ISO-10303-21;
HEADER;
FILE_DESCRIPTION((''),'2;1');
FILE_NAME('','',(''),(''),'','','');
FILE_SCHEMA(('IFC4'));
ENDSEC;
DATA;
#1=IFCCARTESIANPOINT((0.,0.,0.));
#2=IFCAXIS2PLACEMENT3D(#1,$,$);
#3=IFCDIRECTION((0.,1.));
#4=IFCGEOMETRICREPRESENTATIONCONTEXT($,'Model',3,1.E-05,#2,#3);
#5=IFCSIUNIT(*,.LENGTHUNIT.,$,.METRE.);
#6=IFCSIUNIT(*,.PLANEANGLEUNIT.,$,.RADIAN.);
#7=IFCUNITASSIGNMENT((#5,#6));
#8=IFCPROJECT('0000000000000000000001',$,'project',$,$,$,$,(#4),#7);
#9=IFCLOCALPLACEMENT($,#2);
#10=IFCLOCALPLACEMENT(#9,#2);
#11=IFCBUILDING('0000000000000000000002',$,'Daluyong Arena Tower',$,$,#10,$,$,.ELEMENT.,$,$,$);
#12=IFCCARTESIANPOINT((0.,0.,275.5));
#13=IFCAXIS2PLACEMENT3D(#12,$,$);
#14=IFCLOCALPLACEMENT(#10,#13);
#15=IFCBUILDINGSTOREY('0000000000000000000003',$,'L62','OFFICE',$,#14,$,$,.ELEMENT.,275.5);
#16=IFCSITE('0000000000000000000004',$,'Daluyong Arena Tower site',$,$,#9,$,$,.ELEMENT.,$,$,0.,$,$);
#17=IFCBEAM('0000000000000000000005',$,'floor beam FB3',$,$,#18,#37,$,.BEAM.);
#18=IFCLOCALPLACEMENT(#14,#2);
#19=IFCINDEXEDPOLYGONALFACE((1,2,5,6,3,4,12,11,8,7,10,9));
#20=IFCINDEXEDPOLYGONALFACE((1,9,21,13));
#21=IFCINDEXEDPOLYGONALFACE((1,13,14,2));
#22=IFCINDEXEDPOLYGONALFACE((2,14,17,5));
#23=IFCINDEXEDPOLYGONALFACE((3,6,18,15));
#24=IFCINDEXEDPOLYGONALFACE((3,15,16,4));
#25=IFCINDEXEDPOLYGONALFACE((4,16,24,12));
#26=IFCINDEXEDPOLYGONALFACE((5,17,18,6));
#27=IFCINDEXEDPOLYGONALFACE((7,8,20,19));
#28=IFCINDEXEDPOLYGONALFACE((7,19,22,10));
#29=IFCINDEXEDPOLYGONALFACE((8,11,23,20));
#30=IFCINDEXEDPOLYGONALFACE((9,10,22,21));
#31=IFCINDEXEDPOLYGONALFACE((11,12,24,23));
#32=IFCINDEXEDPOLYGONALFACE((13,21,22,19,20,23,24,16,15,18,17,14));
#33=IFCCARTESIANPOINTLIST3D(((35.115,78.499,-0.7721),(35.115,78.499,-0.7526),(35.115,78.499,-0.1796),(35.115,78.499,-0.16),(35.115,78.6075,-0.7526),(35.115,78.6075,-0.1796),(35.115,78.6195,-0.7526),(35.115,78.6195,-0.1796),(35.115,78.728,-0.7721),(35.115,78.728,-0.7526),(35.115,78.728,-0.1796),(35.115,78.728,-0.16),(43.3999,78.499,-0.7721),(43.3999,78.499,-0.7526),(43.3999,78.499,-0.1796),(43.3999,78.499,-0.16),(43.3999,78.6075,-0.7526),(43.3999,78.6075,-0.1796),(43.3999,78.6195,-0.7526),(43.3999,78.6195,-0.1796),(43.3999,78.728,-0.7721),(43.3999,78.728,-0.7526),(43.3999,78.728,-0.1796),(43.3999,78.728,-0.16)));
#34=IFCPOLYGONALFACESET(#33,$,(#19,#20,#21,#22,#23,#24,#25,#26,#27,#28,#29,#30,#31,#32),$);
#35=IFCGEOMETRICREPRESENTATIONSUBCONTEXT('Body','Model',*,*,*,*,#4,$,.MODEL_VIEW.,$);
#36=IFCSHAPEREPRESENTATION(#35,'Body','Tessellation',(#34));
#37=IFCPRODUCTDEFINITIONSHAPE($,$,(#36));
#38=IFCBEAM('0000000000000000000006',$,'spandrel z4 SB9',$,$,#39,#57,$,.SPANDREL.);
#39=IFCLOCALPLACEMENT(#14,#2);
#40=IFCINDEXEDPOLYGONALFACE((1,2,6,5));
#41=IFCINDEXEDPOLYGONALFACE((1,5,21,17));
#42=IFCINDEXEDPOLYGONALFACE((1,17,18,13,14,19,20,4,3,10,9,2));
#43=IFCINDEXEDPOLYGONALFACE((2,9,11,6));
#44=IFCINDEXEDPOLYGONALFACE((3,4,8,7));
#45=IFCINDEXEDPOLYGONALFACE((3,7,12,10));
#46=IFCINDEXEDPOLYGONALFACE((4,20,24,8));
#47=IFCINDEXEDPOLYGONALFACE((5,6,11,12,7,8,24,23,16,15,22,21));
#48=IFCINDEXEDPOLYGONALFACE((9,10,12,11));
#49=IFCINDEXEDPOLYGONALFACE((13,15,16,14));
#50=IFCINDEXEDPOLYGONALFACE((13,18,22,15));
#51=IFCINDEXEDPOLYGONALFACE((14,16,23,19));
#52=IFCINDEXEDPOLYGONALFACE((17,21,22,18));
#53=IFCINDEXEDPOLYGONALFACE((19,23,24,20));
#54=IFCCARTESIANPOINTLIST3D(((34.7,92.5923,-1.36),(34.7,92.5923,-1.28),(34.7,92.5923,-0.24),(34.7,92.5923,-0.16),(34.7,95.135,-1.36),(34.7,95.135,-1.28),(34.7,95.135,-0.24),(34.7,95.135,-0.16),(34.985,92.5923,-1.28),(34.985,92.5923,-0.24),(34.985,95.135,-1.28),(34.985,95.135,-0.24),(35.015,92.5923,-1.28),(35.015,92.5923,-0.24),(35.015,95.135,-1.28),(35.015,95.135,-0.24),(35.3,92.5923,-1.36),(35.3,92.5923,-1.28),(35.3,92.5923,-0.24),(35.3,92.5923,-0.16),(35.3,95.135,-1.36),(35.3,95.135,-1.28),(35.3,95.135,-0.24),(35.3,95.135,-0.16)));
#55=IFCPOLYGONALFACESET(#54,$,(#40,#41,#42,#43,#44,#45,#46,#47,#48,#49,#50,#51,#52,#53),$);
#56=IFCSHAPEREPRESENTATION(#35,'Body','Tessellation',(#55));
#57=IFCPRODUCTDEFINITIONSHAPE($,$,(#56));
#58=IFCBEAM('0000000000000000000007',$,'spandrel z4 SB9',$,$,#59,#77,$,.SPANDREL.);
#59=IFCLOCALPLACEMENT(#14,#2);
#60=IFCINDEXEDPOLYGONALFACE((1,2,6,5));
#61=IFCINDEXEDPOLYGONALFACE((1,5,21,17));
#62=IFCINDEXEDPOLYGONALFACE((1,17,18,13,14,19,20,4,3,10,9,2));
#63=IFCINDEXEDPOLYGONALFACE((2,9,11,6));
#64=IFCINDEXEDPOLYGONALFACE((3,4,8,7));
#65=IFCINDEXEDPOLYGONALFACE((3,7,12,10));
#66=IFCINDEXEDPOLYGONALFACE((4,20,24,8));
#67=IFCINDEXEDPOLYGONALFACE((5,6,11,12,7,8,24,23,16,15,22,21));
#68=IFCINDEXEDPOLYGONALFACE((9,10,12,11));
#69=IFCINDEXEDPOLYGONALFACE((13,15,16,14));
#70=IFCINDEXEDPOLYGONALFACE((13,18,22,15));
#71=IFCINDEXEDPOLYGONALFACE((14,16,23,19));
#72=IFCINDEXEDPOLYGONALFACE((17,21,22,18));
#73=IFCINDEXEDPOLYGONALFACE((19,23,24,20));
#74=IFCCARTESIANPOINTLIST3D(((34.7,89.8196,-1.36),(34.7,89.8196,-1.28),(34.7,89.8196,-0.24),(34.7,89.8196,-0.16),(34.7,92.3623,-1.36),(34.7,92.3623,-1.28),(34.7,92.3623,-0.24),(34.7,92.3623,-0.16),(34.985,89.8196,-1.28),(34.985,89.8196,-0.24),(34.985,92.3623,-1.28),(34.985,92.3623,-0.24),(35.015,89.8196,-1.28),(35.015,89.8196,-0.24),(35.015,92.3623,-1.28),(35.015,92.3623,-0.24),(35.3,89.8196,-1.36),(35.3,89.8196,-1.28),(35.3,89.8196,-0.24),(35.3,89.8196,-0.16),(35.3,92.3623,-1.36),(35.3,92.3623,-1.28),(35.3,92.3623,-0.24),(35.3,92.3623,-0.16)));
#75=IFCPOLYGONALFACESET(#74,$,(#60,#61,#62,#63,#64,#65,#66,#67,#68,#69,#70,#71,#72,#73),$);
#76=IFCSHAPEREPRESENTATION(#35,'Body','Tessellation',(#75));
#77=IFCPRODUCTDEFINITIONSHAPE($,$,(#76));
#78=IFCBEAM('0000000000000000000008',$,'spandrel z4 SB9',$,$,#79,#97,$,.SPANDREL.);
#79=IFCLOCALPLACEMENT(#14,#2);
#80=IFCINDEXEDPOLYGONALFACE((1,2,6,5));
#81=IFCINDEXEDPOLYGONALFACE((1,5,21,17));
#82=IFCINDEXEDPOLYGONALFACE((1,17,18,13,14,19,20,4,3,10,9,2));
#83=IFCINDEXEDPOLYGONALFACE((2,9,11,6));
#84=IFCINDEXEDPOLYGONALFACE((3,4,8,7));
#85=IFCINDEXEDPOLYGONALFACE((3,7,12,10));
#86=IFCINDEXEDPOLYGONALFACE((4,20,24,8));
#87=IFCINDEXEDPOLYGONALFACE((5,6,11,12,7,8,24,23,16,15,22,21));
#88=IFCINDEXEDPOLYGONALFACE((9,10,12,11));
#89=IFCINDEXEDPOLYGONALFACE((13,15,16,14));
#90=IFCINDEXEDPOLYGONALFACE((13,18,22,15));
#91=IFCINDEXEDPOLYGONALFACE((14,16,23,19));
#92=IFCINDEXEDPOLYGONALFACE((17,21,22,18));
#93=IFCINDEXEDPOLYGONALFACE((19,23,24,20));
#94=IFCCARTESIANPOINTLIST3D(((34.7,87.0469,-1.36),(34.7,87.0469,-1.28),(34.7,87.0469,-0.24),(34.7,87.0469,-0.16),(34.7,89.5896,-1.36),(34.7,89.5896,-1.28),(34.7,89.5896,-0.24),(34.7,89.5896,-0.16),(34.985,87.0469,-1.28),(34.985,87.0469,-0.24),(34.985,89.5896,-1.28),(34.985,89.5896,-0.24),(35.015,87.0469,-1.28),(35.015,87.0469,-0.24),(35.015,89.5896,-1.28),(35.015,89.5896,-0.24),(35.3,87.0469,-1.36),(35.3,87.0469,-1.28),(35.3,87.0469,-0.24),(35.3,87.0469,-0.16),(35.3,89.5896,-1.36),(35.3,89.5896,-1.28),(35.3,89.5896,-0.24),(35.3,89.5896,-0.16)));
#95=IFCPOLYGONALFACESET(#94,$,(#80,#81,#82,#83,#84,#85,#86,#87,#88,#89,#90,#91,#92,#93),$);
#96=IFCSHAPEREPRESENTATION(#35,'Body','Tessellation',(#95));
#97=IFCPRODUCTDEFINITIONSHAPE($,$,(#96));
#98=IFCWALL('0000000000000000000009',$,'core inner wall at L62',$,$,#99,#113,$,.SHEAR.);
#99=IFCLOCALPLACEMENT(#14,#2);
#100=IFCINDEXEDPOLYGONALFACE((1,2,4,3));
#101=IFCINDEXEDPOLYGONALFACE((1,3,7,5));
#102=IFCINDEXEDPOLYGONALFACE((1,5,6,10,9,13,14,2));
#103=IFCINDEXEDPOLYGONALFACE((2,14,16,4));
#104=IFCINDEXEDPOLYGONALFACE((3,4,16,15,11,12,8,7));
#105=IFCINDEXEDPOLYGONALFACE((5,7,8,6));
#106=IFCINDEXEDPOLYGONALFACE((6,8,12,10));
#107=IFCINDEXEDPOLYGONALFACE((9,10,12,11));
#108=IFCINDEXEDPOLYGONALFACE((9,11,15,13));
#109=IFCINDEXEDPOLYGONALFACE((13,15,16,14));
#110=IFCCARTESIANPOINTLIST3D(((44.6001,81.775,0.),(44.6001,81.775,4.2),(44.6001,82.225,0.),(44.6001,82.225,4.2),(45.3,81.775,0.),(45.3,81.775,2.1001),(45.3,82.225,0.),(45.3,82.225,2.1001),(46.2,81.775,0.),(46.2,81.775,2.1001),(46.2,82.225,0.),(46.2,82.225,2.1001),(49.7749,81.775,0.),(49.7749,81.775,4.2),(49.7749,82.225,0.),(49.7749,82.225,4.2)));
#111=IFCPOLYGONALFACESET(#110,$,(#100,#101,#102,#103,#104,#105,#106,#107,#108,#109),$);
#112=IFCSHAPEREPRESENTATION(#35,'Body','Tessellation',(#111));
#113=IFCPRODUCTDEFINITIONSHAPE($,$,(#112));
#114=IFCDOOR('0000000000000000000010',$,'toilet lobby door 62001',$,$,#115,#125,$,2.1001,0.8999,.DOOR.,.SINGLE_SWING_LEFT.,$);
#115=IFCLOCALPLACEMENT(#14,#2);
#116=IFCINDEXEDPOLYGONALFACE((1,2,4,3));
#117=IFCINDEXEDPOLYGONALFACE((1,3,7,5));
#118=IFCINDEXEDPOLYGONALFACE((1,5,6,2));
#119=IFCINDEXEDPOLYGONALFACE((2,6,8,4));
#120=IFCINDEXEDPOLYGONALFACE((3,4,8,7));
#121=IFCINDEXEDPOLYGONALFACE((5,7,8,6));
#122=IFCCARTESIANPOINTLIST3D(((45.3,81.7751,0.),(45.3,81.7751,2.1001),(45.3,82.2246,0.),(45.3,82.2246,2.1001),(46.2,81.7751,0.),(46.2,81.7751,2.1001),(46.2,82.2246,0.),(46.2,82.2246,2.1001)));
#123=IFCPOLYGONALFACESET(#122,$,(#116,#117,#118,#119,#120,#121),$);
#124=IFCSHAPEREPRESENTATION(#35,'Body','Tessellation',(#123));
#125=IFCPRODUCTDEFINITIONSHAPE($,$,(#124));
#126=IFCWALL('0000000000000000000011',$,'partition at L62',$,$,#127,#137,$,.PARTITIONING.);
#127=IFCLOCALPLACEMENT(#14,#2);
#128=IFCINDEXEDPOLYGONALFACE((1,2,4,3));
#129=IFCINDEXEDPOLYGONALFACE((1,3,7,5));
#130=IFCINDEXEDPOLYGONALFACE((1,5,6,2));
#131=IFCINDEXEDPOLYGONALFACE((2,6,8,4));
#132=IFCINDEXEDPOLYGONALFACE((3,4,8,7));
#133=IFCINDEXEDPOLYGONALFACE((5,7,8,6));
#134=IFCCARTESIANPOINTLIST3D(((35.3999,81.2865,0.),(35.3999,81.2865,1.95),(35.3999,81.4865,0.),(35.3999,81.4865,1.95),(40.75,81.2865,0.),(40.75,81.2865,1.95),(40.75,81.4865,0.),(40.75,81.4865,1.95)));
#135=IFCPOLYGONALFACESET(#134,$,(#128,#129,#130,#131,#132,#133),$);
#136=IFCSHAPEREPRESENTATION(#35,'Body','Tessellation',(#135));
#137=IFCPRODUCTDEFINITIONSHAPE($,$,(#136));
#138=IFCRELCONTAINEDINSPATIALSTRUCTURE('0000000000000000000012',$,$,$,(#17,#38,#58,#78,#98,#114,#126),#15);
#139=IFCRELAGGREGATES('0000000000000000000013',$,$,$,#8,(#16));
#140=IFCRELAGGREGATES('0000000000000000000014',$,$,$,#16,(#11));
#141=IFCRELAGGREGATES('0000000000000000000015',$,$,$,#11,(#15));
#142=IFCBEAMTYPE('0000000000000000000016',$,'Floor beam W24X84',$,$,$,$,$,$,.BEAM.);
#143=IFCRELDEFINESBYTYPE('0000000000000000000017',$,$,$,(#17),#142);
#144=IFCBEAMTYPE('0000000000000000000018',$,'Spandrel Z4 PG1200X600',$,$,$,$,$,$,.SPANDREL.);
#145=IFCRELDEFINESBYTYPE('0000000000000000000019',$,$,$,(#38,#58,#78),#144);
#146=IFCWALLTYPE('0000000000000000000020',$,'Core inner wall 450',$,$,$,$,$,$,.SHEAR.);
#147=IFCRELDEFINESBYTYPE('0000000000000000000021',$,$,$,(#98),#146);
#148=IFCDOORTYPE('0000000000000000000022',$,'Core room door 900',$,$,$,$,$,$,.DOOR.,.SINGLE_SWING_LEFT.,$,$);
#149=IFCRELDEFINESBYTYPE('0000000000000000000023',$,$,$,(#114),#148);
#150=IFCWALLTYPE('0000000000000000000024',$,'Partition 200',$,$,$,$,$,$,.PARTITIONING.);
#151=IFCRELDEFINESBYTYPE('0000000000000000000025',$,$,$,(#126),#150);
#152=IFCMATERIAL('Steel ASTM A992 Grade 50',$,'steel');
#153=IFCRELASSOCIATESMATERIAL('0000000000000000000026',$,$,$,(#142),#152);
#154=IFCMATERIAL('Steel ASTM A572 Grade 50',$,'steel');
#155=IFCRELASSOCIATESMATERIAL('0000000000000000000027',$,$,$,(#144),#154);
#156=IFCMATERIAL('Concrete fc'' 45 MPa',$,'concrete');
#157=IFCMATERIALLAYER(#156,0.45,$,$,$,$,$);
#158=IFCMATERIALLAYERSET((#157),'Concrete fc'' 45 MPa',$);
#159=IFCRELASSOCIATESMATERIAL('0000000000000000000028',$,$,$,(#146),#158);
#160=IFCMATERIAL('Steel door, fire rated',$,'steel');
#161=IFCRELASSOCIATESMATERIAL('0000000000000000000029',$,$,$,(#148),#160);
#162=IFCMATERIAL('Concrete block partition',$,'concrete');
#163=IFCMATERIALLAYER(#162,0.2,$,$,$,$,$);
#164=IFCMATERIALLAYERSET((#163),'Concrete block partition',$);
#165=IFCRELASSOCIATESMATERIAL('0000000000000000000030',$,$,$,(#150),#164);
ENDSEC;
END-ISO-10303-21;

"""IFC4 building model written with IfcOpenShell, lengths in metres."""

from ifc_helpers import new_model, si_unit, direction, frame, frame_2d, origin, origin_2d, place, context, subcontext, project, spatial, rectangle, i_section, extrude, material, layer, layer_set, material_profile, profile_set, type_object, element, fill, save


model = new_model("IFC4")

# Units and contexts
model_context = context("Model", 3, precision=1e-05, world=origin(), true_north=direction((0.0, 1.0)))
body_context = subcontext(model_context, "Body", "Model", "MODEL_VIEW")
ifc_project = project(units=[si_unit("LENGTHUNIT", "METRE"), si_unit("PLANEANGLEUNIT", "RADIAN")], contexts=[model_context])

# Site, building, storey
site_placement = place(None, origin())
site = spatial("IfcSite", under=ifc_project, at=site_placement, Name="Daluyong Arena Tower site", CompositionType="ELEMENT", RefElevation=0.0)
building_placement = place(site_placement, origin())
building = spatial("IfcBuilding", under=site, at=building_placement, Name="Daluyong Arena Tower", CompositionType="ELEMENT")
storey_placement = place(building_placement, frame((0.0, 0.0, 275.5)))
storey = spatial("IfcBuildingStorey", under=building, at=storey_placement, Name="L62", Description="OFFICE", CompositionType="ELEMENT", Elevation=275.5)

# Beams
ifc_material_1 = material(Name="Steel ASTM A992 Grade 50", Category="steel")
ifc_material_profile_1 = material_profile(ifc_material_1, i_section(OverallWidth=0.229, OverallDepth=0.6121, WebThickness=0.012, FlangeThickness=0.0195, at=origin_2d()))
ifc_profile_set_1 = profile_set([ifc_material_profile_1], Name="Steel ASTM A992 Grade 50")
beam_type_1 = type_object("IfcBeamType", Name="Floor beam W24X84", PredefinedType="BEAM", material=ifc_profile_set_1)
for number, where, z_axis, x_axis, name in (
    (1, (35.115, 78.6135, -0.4661), (1.0, 0.0, 0.0), (0.0, 1.0, 0.0), "floor beam FB3"),
):
    element("IfcBeam", number, at=place(storey_placement, frame(where, z_axis=z_axis, x_axis=x_axis)), inside=storey, type_object=beam_type_1, Name=name, PredefinedType="BEAM", context=body_context, shape_type="SweptSolid", body=[
        extrude(i_section(OverallWidth=0.229, OverallDepth=0.6121, WebThickness=0.012, FlangeThickness=0.0195, at=origin_2d()), origin(), (0.0, 0.0, 1.0), 8.2849),
    ])
ifc_material_2 = material(Name="Steel ASTM A572 Grade 50", Category="steel")
ifc_material_profile_2 = material_profile(ifc_material_2, i_section(OverallWidth=0.6001, OverallDepth=1.2, WebThickness=0.03, FlangeThickness=0.08, at=origin_2d()))
ifc_profile_set_2 = profile_set([ifc_material_profile_2], Name="Steel ASTM A572 Grade 50")
beam_type_2 = type_object("IfcBeamType", Name="Spandrel Z4 PG1200X600", PredefinedType="SPANDREL", material=ifc_profile_set_2)
for number, where, z_axis, x_axis, name in (
    (2, (35.0, 95.135, -0.76), (0.0, -1.0, 0.0), (1.0, 0.0, 0.0), "spandrel z4 SB9"),
    (3, (35.0, 92.3623, -0.76), (0.0, -1.0, 0.0), (1.0, 0.0, 0.0), "spandrel z4 SB9"),
    (4, (35.0, 89.5896, -0.76), (0.0, -1.0, 0.0), (1.0, 0.0, 0.0), "spandrel z4 SB9"),
):
    element("IfcBeam", number, at=place(storey_placement, frame(where, z_axis=z_axis, x_axis=x_axis)), inside=storey, type_object=beam_type_2, Name=name, PredefinedType="SPANDREL", context=body_context, shape_type="SweptSolid", body=[
        extrude(i_section(OverallWidth=0.6001, OverallDepth=1.2, WebThickness=0.03, FlangeThickness=0.08, at=origin_2d()), origin(), (0.0, 0.0, 1.0), 2.5427),
    ])

# Wall, opening, door
ifc_material_3 = material(Name="Concrete fc' 45 MPa", Category="concrete")
ifc_layer_1 = layer(ifc_material_3, 0.45)
ifc_layer_set_1 = layer_set([ifc_layer_1], Name="Concrete fc' 45 MPa")
wall_type_1 = type_object("IfcWallType", Name="Core inner wall 450", PredefinedType="SHEAR", material=ifc_layer_set_1)
wall_1_placement = place(storey_placement, frame((44.6001, 82.0, 0.0), z_axis=(0.0, 0.0, 1.0), x_axis=(1.0, 0.0, 0.0)))
wall_1 = element("IfcWall", 5, at=wall_1_placement, inside=storey, type_object=wall_type_1, Name="core inner wall at L62", PredefinedType="SHEAR", context=body_context, shape_type="SweptSolid", body=[
    extrude(rectangle(XDim=5.1748, YDim=0.45, at=frame_2d((2.5874, 0.0))), origin(), (0.0, 0.0, 1.0), 4.2),
])
opening_placement = place(wall_1_placement, frame((0.7, 0.0, 0.0)))
opening = element("IfcOpeningElement", 6, at=opening_placement, cuts=wall_1, PredefinedType="OPENING", context=body_context, shape_type="SweptSolid", body=[
    extrude(rectangle(XDim=0.8999, YDim=2.1001, at=frame_2d((0.45, 1.05))), frame((0.0, 0.2349, 0.0), z_axis=(0.0, -1.0, 0.0), x_axis=(1.0, 0.0, 0.0)), (0.0, 0.0, 1.0), 0.47),
])
ifc_material_4 = material(Name="Steel door, fire rated", Category="steel")
door_type = type_object("IfcDoorType", Name="Core room door 900", OperationType="SINGLE_SWING_LEFT", PredefinedType="DOOR", material=ifc_material_4)
door_placement = place(opening_placement, origin())
door = element("IfcDoor", 7, at=door_placement, inside=storey, type_object=door_type, Name="toilet lobby door 62001", OperationType="SINGLE_SWING_LEFT", OverallHeight=2.1001, OverallWidth=0.8999, PredefinedType="DOOR", context=body_context, shape_type="SweptSolid", body=[
    extrude(rectangle(XDim=0.8999, YDim=2.1001, at=frame_2d((0.45, 1.05))), frame((0.0, 0.2246, 0.0), z_axis=(0.0, -1.0, 0.0), x_axis=(1.0, 0.0, 0.0)), (0.0, 0.0, 1.0), 0.4495),
])
fill(opening, door)

# Wall
ifc_material_5 = material(Name="Concrete block partition", Category="concrete")
ifc_layer_2 = layer(ifc_material_5, 0.2)
ifc_layer_set_2 = layer_set([ifc_layer_2], Name="Concrete block partition")
wall_type_2 = type_object("IfcWallType", Name="Partition 200", PredefinedType="PARTITIONING", material=ifc_layer_set_2)
wall_2_placement = place(storey_placement, frame((35.3999, 81.3865, 0.0), z_axis=(0.0, 0.0, 1.0), x_axis=(1.0, 0.0, 0.0)))
element("IfcWall", 8, at=wall_2_placement, inside=storey, type_object=wall_type_2, Name="partition at L62", PredefinedType="PARTITIONING", context=body_context, shape_type="SweptSolid", body=[
    extrude(rectangle(XDim=5.3501, YDim=0.2, at=frame_2d((2.675, 0.0))), origin(), (0.0, 0.0, 1.0), 1.95),
])

save(model, "model.ifc")
